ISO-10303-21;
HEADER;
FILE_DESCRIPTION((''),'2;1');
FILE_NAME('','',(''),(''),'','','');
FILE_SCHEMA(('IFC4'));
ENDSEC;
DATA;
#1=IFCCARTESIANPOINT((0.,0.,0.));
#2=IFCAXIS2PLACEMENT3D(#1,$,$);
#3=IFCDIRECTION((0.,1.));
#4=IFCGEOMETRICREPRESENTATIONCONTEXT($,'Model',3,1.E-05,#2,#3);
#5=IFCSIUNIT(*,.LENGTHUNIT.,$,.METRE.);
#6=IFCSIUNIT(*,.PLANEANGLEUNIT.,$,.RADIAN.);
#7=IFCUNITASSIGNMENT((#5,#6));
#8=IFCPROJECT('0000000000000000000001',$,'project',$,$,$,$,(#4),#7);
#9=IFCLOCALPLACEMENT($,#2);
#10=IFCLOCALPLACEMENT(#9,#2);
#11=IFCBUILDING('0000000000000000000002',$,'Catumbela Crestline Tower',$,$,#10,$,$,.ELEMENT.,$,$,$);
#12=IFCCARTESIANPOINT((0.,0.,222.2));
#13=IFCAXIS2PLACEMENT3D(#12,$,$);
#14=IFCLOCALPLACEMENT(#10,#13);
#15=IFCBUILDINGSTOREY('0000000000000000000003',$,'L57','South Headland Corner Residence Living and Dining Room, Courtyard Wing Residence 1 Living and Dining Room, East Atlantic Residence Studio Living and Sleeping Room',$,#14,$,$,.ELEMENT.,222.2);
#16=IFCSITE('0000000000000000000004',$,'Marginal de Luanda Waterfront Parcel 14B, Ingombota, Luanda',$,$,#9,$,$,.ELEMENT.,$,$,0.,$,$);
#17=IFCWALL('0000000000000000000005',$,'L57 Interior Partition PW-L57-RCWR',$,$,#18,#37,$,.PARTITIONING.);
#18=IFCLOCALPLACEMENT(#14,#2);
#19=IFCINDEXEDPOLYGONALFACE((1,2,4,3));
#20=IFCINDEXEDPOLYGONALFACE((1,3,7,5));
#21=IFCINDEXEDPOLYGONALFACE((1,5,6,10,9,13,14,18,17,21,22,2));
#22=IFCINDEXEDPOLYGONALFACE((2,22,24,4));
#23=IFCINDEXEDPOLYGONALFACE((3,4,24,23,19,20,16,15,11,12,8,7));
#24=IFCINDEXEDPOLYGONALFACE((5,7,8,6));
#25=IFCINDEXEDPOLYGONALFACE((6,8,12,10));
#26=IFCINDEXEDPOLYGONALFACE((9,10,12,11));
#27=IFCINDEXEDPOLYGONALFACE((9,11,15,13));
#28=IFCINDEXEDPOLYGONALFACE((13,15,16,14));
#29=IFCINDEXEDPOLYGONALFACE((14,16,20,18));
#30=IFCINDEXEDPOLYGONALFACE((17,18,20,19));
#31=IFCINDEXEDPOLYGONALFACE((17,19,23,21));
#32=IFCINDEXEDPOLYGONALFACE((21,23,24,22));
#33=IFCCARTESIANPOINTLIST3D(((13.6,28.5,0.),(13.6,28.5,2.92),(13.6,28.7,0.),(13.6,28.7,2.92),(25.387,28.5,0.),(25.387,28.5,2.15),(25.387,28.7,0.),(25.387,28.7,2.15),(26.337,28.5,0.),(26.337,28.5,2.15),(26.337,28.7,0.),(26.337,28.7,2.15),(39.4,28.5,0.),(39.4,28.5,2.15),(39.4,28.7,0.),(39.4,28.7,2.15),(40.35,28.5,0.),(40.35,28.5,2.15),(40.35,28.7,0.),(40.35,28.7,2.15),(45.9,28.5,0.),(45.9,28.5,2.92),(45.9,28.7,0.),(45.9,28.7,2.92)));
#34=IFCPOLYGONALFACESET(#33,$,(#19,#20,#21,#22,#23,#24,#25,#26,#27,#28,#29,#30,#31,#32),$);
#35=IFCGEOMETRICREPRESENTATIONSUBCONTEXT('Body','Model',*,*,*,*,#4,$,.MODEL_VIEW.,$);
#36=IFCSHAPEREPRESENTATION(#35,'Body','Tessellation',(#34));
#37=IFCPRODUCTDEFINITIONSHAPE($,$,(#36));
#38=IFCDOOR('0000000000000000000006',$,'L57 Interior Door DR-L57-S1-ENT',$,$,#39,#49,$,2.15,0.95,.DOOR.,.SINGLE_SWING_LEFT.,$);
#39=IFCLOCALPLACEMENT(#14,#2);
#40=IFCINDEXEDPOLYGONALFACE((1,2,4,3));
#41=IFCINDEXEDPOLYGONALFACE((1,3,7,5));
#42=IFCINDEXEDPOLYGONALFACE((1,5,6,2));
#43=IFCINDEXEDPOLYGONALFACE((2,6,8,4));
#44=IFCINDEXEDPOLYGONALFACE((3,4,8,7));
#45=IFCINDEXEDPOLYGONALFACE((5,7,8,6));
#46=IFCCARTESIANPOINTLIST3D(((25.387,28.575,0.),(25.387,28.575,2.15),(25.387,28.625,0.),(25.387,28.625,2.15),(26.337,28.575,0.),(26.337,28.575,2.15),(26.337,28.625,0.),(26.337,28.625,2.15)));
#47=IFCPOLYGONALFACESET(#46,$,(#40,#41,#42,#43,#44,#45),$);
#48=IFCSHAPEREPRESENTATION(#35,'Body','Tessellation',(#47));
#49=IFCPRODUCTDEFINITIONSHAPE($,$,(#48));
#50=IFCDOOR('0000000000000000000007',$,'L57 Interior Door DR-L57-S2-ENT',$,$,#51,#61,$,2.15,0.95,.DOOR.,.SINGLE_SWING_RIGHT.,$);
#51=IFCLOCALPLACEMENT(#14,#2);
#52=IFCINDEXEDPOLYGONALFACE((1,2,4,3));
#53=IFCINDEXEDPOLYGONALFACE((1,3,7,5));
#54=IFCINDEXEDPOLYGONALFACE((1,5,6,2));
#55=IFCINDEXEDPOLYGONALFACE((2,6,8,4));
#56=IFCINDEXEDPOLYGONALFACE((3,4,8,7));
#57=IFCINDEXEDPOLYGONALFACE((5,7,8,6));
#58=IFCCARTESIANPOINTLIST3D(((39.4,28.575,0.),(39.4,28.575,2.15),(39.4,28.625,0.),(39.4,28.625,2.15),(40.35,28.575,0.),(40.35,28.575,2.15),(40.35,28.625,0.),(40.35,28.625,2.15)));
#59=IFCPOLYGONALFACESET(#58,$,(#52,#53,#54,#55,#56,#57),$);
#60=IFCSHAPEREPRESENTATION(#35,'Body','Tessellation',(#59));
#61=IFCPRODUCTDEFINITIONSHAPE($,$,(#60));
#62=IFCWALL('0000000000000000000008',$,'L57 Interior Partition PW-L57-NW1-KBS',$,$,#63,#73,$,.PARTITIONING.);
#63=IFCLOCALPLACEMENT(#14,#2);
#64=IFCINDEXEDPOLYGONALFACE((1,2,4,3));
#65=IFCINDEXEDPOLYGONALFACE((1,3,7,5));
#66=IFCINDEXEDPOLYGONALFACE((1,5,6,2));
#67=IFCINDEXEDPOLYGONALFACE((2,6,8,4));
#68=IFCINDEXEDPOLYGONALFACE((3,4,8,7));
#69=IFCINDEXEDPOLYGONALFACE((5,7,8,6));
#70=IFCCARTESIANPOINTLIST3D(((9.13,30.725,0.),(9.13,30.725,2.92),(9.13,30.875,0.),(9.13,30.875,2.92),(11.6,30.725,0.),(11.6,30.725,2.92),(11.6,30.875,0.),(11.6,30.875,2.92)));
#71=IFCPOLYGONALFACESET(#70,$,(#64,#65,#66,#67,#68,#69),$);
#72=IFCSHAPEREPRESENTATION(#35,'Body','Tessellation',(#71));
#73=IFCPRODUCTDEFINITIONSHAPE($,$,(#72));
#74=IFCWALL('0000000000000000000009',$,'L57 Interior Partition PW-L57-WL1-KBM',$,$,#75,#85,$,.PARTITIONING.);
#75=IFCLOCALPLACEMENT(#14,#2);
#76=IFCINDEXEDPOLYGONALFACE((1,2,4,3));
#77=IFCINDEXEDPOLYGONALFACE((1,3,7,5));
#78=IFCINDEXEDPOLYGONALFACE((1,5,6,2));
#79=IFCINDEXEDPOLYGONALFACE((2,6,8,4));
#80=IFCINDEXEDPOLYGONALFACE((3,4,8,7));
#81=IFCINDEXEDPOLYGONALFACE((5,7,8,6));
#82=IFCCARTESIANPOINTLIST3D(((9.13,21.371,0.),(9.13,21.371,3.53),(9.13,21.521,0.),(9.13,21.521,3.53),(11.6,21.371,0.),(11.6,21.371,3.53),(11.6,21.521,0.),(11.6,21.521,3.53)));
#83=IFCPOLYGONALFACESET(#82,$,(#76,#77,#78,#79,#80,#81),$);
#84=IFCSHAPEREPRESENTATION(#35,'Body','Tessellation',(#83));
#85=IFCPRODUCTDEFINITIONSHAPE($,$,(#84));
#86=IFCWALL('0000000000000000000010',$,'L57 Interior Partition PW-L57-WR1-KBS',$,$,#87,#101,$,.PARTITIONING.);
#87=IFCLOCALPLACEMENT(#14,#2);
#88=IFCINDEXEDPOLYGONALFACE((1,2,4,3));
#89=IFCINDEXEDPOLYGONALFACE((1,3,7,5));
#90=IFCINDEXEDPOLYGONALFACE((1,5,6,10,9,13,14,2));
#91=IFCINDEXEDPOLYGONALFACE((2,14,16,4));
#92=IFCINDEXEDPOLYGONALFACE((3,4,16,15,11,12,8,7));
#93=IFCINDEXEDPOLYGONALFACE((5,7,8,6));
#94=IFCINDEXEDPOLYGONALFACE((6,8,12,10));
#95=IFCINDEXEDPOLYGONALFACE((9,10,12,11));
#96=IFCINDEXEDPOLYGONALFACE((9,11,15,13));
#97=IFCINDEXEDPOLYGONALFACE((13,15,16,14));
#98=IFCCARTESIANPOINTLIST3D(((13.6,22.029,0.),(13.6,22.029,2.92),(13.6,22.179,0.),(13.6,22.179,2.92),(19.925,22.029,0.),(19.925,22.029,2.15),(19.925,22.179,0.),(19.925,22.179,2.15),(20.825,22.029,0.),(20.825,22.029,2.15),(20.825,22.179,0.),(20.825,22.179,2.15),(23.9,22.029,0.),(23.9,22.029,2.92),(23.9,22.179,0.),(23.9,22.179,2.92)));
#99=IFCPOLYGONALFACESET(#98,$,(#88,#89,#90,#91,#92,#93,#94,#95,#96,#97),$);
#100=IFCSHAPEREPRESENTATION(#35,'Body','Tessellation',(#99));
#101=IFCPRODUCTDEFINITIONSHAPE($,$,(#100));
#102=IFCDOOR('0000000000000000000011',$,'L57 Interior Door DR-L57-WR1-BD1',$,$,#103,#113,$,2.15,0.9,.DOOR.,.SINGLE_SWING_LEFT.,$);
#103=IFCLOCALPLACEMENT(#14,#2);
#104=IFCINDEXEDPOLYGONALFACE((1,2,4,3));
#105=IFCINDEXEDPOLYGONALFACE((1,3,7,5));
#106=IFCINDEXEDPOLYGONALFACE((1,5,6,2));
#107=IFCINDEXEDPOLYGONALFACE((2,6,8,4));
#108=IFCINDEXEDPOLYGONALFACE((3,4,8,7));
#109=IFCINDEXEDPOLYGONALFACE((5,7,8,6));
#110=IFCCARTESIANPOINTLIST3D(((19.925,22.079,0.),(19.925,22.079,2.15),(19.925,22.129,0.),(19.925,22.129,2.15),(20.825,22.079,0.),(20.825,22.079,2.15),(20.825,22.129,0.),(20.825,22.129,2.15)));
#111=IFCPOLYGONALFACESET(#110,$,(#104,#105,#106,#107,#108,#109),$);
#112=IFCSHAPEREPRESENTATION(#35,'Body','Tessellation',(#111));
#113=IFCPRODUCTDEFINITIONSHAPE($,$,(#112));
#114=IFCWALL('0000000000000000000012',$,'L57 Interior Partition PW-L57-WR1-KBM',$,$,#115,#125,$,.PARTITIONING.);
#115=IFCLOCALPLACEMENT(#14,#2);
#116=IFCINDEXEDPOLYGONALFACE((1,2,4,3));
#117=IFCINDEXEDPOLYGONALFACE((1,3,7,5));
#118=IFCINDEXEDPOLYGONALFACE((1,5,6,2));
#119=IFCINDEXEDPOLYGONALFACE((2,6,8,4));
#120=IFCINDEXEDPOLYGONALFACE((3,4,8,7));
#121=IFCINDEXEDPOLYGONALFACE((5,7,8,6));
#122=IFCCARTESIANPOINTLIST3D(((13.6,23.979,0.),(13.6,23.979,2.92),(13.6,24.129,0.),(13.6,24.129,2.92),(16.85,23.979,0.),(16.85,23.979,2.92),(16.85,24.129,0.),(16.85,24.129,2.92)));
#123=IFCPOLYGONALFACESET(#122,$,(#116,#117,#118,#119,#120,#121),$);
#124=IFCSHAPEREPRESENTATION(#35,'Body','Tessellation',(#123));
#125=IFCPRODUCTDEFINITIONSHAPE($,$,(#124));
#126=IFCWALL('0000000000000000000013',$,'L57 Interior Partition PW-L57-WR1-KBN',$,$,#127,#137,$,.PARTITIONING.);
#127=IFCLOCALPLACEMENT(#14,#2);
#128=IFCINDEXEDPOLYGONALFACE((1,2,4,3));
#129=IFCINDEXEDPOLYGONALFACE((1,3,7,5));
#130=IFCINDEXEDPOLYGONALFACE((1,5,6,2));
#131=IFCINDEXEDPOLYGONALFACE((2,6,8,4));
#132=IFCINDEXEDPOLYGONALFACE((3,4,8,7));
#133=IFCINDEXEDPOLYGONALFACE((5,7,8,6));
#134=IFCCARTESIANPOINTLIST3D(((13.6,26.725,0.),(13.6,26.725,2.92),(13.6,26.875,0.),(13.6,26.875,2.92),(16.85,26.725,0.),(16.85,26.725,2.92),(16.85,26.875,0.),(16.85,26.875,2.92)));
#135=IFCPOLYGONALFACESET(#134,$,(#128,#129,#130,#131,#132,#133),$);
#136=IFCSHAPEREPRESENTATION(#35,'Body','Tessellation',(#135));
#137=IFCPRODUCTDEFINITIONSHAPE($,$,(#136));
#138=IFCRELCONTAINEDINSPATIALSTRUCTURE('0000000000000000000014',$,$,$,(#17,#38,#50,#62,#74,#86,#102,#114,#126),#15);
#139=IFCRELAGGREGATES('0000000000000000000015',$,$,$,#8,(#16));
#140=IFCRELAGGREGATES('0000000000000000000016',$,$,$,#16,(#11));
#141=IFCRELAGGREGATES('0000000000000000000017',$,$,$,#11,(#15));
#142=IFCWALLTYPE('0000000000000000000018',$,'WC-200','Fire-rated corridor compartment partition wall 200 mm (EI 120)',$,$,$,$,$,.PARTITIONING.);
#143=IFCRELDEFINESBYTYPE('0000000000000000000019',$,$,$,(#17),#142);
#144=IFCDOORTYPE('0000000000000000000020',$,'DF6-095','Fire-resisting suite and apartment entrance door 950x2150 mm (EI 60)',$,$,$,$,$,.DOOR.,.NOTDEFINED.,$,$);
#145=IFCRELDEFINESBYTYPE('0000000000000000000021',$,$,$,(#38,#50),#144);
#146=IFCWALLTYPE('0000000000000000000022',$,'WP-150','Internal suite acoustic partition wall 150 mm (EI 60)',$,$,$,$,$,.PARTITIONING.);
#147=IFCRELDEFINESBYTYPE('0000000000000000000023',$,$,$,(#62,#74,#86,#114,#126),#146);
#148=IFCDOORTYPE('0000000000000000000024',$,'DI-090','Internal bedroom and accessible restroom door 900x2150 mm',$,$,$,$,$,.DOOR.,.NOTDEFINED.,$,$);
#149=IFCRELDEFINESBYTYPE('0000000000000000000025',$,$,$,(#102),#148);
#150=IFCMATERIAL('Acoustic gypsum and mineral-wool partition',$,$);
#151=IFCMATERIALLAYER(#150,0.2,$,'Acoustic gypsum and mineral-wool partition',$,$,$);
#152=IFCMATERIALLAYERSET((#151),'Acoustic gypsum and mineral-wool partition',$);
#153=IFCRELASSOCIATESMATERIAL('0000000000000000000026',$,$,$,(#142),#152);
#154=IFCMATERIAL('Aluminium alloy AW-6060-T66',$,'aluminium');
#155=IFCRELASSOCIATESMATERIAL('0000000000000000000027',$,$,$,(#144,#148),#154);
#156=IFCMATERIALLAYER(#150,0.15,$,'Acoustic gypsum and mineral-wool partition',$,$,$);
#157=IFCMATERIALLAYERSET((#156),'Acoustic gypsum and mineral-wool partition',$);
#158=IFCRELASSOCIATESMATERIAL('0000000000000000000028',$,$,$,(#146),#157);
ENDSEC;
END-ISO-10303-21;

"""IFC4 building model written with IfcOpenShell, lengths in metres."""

from ifc_helpers import new_model, si_unit, direction, frame, frame_2d, origin, place, context, subcontext, project, spatial, rectangle, extrude, material, layer, layer_set, type_object, element, fill, save


model = new_model("IFC4")

# Units and contexts
model_context = context("Model", 3, precision=1e-05, world=origin(), true_north=direction((0.0, 1.0)))
body_context = subcontext(model_context, "Body", "Model", "MODEL_VIEW")
ifc_project = project(units=[si_unit("LENGTHUNIT", "METRE"), si_unit("PLANEANGLEUNIT", "RADIAN")], contexts=[model_context])

# Site, building, storey
site_placement = place(None, origin())
site = spatial("IfcSite", under=ifc_project, at=site_placement, Name="Marginal de Luanda Waterfront Parcel 14B, Ingombota, Luanda", CompositionType="ELEMENT", RefElevation=0.0)
building_placement = place(site_placement, origin())
building = spatial("IfcBuilding", under=site, at=building_placement, Name="Catumbela Crestline Tower", CompositionType="ELEMENT")
storey_placement = place(building_placement, frame((0.0, 0.0, 222.2)))
storey = spatial("IfcBuildingStorey", under=building, at=storey_placement, Name="L57", Description="South Headland Corner Residence Living and Dining Room, Courtyard Wing Residence 1 Living and Dining Room, East Atlantic Residence Studio Living and Sleeping Room", CompositionType="ELEMENT", Elevation=222.2)

# Wall, openings, doors
ifc_material_1 = material(Name="Acoustic gypsum and mineral-wool partition")
ifc_layer_1 = layer(ifc_material_1, 0.2, Name="Acoustic gypsum and mineral-wool partition")
ifc_layer_set_1 = layer_set([ifc_layer_1], Name="Acoustic gypsum and mineral-wool partition")
wall_type_1 = type_object("IfcWallType", Name="WC-200", Description="Fire-rated corridor compartment partition wall 200 mm (EI 120)", PredefinedType="PARTITIONING", material=ifc_layer_set_1)
wall_1_placement = place(storey_placement, frame((13.6, 28.6, 0.0), z_axis=(0.0, 0.0, 1.0), x_axis=(1.0, 0.0, 0.0)))
wall_1 = element("IfcWall", 1, at=wall_1_placement, inside=storey, type_object=wall_type_1, Name="L57 Interior Partition PW-L57-RCWR", PredefinedType="PARTITIONING", context=body_context, shape_type="SweptSolid", body=[
    extrude(rectangle(XDim=32.3, YDim=0.2, at=frame_2d((16.15, 0.0))), origin(), (0.0, 0.0, 1.0), 2.92),
])
opening_1_placement = place(wall_1_placement, frame((11.787, 0.0, 0.0)))
opening_1 = element("IfcOpeningElement", 2, at=opening_1_placement, cuts=wall_1, PredefinedType="OPENING", context=body_context, shape_type="SweptSolid", body=[
    extrude(rectangle(XDim=0.95, YDim=2.15, at=frame_2d((0.475, 1.075))), frame((0.0, 0.11, 0.0), z_axis=(0.0, -1.0, 0.0), x_axis=(1.0, 0.0, 0.0)), (0.0, 0.0, 1.0), 0.22),
])
opening_2_placement = place(wall_1_placement, frame((25.8, 0.0, 0.0)))
opening_2 = element("IfcOpeningElement", 3, at=opening_2_placement, cuts=wall_1, PredefinedType="OPENING", context=body_context, shape_type="SweptSolid", body=[
    extrude(rectangle(XDim=0.95, YDim=2.15, at=frame_2d((0.475, 1.075))), frame((0.0, 0.11, 0.0), z_axis=(0.0, -1.0, 0.0), x_axis=(1.0, 0.0, 0.0)), (0.0, 0.0, 1.0), 0.22),
])
ifc_material_2 = material(Name="Aluminium alloy AW-6060-T66", Category="aluminium")
door_type_1 = type_object("IfcDoorType", Name="DF6-095", Description="Fire-resisting suite and apartment entrance door 950x2150 mm (EI 60)", OperationType="NOTDEFINED", PredefinedType="DOOR", material=ifc_material_2)
door_1_placement = place(opening_1_placement, origin())
door_1 = element("IfcDoor", 4, at=door_1_placement, inside=storey, type_object=door_type_1, Name="L57 Interior Door DR-L57-S1-ENT", OperationType="SINGLE_SWING_LEFT", OverallHeight=2.15, OverallWidth=0.95, PredefinedType="DOOR", context=body_context, shape_type="SweptSolid", body=[
    extrude(rectangle(XDim=0.95, YDim=2.15, at=frame_2d((0.475, 1.075))), frame((0.0, 0.025, 0.0), z_axis=(0.0, -1.0, 0.0), x_axis=(1.0, 0.0, 0.0)), (0.0, 0.0, 1.0), 0.05),
])
fill(opening_1, door_1)
door_2_placement = place(opening_2_placement, origin())
door_2 = element("IfcDoor", 5, at=door_2_placement, inside=storey, type_object=door_type_1, Name="L57 Interior Door DR-L57-S2-ENT", OperationType="SINGLE_SWING_RIGHT", OverallHeight=2.15, OverallWidth=0.95, PredefinedType="DOOR", context=body_context, shape_type="SweptSolid", body=[
    extrude(rectangle(XDim=0.95, YDim=2.15, at=frame_2d((0.475, 1.075))), frame((0.0, 0.025, 0.0), z_axis=(0.0, -1.0, 0.0), x_axis=(1.0, 0.0, 0.0)), (0.0, 0.0, 1.0), 0.05),
])
fill(opening_2, door_2)

# Walls
ifc_layer_2 = layer(ifc_material_1, 0.15, Name="Acoustic gypsum and mineral-wool partition")
ifc_layer_set_2 = layer_set([ifc_layer_2], Name="Acoustic gypsum and mineral-wool partition")
wall_type_2 = type_object("IfcWallType", Name="WP-150", Description="Internal suite acoustic partition wall 150 mm (EI 60)", PredefinedType="PARTITIONING", material=ifc_layer_set_2)
wall_2_placement = place(storey_placement, frame((9.13, 30.8, 0.0), z_axis=(0.0, 0.0, 1.0), x_axis=(1.0, 0.0, 0.0)))
element("IfcWall", 6, at=wall_2_placement, inside=storey, type_object=wall_type_2, Name="L57 Interior Partition PW-L57-NW1-KBS", PredefinedType="PARTITIONING", context=body_context, shape_type="SweptSolid", body=[
    extrude(rectangle(XDim=2.47, YDim=0.15, at=frame_2d((1.235, 0.0))), origin(), (0.0, 0.0, 1.0), 2.92),
])
wall_3_placement = place(storey_placement, frame((9.13, 21.446, 0.0), z_axis=(0.0, 0.0, 1.0), x_axis=(1.0, 0.0, 0.0)))
element("IfcWall", 7, at=wall_3_placement, inside=storey, type_object=wall_type_2, Name="L57 Interior Partition PW-L57-WL1-KBM", PredefinedType="PARTITIONING", context=body_context, shape_type="SweptSolid", body=[
    extrude(rectangle(XDim=2.47, YDim=0.15, at=frame_2d((1.235, 0.0))), origin(), (0.0, 0.0, 1.0), 3.53),
])

# Wall, opening, door
wall_4_placement = place(storey_placement, frame((13.6, 22.104, 0.0), z_axis=(0.0, 0.0, 1.0), x_axis=(1.0, 0.0, 0.0)))
wall_4 = element("IfcWall", 8, at=wall_4_placement, inside=storey, type_object=wall_type_2, Name="L57 Interior Partition PW-L57-WR1-KBS", PredefinedType="PARTITIONING", context=body_context, shape_type="SweptSolid", body=[
    extrude(rectangle(XDim=10.3, YDim=0.15, at=frame_2d((5.15, 0.0))), origin(), (0.0, 0.0, 1.0), 2.92),
])
opening_3_placement = place(wall_4_placement, frame((6.325, 0.0, 0.0)))
opening_3 = element("IfcOpeningElement", 9, at=opening_3_placement, cuts=wall_4, PredefinedType="OPENING", context=body_context, shape_type="SweptSolid", body=[
    extrude(rectangle(XDim=0.9, YDim=2.15, at=frame_2d((0.45, 1.075))), frame((0.0, 0.085, 0.0), z_axis=(0.0, -1.0, 0.0), x_axis=(1.0, 0.0, 0.0)), (0.0, 0.0, 1.0), 0.17),
])
door_type_2 = type_object("IfcDoorType", Name="DI-090", Description="Internal bedroom and accessible restroom door 900x2150 mm", OperationType="NOTDEFINED", PredefinedType="DOOR", material=ifc_material_2)
door_3_placement = place(opening_3_placement, origin())
door_3 = element("IfcDoor", 10, at=door_3_placement, inside=storey, type_object=door_type_2, Name="L57 Interior Door DR-L57-WR1-BD1", OperationType="SINGLE_SWING_LEFT", OverallHeight=2.15, OverallWidth=0.9, PredefinedType="DOOR", context=body_context, shape_type="SweptSolid", body=[
    extrude(rectangle(XDim=0.9, YDim=2.15, at=frame_2d((0.45, 1.075))), frame((0.0, 0.025, 0.0), z_axis=(0.0, -1.0, 0.0), x_axis=(1.0, 0.0, 0.0)), (0.0, 0.0, 1.0), 0.05),
])
fill(opening_3, door_3)

# Walls
for number, where, z_axis, x_axis, name in (
    (11, (13.6, 24.054, 0.0), (0.0, 0.0, 1.0), (1.0, 0.0, 0.0), "L57 Interior Partition PW-L57-WR1-KBM"),
    (12, (13.6, 26.8, 0.0), (0.0, 0.0, 1.0), (1.0, 0.0, 0.0), "L57 Interior Partition PW-L57-WR1-KBN"),
):
    element("IfcWall", number, at=place(storey_placement, frame(where, z_axis=z_axis, x_axis=x_axis)), inside=storey, type_object=wall_type_2, Name=name, PredefinedType="PARTITIONING", context=body_context, shape_type="SweptSolid", body=[
        extrude(rectangle(XDim=3.25, YDim=0.15, at=frame_2d((1.625, 0.0))), origin(), (0.0, 0.0, 1.0), 2.92),
    ])

save(model, "model.ifc")
